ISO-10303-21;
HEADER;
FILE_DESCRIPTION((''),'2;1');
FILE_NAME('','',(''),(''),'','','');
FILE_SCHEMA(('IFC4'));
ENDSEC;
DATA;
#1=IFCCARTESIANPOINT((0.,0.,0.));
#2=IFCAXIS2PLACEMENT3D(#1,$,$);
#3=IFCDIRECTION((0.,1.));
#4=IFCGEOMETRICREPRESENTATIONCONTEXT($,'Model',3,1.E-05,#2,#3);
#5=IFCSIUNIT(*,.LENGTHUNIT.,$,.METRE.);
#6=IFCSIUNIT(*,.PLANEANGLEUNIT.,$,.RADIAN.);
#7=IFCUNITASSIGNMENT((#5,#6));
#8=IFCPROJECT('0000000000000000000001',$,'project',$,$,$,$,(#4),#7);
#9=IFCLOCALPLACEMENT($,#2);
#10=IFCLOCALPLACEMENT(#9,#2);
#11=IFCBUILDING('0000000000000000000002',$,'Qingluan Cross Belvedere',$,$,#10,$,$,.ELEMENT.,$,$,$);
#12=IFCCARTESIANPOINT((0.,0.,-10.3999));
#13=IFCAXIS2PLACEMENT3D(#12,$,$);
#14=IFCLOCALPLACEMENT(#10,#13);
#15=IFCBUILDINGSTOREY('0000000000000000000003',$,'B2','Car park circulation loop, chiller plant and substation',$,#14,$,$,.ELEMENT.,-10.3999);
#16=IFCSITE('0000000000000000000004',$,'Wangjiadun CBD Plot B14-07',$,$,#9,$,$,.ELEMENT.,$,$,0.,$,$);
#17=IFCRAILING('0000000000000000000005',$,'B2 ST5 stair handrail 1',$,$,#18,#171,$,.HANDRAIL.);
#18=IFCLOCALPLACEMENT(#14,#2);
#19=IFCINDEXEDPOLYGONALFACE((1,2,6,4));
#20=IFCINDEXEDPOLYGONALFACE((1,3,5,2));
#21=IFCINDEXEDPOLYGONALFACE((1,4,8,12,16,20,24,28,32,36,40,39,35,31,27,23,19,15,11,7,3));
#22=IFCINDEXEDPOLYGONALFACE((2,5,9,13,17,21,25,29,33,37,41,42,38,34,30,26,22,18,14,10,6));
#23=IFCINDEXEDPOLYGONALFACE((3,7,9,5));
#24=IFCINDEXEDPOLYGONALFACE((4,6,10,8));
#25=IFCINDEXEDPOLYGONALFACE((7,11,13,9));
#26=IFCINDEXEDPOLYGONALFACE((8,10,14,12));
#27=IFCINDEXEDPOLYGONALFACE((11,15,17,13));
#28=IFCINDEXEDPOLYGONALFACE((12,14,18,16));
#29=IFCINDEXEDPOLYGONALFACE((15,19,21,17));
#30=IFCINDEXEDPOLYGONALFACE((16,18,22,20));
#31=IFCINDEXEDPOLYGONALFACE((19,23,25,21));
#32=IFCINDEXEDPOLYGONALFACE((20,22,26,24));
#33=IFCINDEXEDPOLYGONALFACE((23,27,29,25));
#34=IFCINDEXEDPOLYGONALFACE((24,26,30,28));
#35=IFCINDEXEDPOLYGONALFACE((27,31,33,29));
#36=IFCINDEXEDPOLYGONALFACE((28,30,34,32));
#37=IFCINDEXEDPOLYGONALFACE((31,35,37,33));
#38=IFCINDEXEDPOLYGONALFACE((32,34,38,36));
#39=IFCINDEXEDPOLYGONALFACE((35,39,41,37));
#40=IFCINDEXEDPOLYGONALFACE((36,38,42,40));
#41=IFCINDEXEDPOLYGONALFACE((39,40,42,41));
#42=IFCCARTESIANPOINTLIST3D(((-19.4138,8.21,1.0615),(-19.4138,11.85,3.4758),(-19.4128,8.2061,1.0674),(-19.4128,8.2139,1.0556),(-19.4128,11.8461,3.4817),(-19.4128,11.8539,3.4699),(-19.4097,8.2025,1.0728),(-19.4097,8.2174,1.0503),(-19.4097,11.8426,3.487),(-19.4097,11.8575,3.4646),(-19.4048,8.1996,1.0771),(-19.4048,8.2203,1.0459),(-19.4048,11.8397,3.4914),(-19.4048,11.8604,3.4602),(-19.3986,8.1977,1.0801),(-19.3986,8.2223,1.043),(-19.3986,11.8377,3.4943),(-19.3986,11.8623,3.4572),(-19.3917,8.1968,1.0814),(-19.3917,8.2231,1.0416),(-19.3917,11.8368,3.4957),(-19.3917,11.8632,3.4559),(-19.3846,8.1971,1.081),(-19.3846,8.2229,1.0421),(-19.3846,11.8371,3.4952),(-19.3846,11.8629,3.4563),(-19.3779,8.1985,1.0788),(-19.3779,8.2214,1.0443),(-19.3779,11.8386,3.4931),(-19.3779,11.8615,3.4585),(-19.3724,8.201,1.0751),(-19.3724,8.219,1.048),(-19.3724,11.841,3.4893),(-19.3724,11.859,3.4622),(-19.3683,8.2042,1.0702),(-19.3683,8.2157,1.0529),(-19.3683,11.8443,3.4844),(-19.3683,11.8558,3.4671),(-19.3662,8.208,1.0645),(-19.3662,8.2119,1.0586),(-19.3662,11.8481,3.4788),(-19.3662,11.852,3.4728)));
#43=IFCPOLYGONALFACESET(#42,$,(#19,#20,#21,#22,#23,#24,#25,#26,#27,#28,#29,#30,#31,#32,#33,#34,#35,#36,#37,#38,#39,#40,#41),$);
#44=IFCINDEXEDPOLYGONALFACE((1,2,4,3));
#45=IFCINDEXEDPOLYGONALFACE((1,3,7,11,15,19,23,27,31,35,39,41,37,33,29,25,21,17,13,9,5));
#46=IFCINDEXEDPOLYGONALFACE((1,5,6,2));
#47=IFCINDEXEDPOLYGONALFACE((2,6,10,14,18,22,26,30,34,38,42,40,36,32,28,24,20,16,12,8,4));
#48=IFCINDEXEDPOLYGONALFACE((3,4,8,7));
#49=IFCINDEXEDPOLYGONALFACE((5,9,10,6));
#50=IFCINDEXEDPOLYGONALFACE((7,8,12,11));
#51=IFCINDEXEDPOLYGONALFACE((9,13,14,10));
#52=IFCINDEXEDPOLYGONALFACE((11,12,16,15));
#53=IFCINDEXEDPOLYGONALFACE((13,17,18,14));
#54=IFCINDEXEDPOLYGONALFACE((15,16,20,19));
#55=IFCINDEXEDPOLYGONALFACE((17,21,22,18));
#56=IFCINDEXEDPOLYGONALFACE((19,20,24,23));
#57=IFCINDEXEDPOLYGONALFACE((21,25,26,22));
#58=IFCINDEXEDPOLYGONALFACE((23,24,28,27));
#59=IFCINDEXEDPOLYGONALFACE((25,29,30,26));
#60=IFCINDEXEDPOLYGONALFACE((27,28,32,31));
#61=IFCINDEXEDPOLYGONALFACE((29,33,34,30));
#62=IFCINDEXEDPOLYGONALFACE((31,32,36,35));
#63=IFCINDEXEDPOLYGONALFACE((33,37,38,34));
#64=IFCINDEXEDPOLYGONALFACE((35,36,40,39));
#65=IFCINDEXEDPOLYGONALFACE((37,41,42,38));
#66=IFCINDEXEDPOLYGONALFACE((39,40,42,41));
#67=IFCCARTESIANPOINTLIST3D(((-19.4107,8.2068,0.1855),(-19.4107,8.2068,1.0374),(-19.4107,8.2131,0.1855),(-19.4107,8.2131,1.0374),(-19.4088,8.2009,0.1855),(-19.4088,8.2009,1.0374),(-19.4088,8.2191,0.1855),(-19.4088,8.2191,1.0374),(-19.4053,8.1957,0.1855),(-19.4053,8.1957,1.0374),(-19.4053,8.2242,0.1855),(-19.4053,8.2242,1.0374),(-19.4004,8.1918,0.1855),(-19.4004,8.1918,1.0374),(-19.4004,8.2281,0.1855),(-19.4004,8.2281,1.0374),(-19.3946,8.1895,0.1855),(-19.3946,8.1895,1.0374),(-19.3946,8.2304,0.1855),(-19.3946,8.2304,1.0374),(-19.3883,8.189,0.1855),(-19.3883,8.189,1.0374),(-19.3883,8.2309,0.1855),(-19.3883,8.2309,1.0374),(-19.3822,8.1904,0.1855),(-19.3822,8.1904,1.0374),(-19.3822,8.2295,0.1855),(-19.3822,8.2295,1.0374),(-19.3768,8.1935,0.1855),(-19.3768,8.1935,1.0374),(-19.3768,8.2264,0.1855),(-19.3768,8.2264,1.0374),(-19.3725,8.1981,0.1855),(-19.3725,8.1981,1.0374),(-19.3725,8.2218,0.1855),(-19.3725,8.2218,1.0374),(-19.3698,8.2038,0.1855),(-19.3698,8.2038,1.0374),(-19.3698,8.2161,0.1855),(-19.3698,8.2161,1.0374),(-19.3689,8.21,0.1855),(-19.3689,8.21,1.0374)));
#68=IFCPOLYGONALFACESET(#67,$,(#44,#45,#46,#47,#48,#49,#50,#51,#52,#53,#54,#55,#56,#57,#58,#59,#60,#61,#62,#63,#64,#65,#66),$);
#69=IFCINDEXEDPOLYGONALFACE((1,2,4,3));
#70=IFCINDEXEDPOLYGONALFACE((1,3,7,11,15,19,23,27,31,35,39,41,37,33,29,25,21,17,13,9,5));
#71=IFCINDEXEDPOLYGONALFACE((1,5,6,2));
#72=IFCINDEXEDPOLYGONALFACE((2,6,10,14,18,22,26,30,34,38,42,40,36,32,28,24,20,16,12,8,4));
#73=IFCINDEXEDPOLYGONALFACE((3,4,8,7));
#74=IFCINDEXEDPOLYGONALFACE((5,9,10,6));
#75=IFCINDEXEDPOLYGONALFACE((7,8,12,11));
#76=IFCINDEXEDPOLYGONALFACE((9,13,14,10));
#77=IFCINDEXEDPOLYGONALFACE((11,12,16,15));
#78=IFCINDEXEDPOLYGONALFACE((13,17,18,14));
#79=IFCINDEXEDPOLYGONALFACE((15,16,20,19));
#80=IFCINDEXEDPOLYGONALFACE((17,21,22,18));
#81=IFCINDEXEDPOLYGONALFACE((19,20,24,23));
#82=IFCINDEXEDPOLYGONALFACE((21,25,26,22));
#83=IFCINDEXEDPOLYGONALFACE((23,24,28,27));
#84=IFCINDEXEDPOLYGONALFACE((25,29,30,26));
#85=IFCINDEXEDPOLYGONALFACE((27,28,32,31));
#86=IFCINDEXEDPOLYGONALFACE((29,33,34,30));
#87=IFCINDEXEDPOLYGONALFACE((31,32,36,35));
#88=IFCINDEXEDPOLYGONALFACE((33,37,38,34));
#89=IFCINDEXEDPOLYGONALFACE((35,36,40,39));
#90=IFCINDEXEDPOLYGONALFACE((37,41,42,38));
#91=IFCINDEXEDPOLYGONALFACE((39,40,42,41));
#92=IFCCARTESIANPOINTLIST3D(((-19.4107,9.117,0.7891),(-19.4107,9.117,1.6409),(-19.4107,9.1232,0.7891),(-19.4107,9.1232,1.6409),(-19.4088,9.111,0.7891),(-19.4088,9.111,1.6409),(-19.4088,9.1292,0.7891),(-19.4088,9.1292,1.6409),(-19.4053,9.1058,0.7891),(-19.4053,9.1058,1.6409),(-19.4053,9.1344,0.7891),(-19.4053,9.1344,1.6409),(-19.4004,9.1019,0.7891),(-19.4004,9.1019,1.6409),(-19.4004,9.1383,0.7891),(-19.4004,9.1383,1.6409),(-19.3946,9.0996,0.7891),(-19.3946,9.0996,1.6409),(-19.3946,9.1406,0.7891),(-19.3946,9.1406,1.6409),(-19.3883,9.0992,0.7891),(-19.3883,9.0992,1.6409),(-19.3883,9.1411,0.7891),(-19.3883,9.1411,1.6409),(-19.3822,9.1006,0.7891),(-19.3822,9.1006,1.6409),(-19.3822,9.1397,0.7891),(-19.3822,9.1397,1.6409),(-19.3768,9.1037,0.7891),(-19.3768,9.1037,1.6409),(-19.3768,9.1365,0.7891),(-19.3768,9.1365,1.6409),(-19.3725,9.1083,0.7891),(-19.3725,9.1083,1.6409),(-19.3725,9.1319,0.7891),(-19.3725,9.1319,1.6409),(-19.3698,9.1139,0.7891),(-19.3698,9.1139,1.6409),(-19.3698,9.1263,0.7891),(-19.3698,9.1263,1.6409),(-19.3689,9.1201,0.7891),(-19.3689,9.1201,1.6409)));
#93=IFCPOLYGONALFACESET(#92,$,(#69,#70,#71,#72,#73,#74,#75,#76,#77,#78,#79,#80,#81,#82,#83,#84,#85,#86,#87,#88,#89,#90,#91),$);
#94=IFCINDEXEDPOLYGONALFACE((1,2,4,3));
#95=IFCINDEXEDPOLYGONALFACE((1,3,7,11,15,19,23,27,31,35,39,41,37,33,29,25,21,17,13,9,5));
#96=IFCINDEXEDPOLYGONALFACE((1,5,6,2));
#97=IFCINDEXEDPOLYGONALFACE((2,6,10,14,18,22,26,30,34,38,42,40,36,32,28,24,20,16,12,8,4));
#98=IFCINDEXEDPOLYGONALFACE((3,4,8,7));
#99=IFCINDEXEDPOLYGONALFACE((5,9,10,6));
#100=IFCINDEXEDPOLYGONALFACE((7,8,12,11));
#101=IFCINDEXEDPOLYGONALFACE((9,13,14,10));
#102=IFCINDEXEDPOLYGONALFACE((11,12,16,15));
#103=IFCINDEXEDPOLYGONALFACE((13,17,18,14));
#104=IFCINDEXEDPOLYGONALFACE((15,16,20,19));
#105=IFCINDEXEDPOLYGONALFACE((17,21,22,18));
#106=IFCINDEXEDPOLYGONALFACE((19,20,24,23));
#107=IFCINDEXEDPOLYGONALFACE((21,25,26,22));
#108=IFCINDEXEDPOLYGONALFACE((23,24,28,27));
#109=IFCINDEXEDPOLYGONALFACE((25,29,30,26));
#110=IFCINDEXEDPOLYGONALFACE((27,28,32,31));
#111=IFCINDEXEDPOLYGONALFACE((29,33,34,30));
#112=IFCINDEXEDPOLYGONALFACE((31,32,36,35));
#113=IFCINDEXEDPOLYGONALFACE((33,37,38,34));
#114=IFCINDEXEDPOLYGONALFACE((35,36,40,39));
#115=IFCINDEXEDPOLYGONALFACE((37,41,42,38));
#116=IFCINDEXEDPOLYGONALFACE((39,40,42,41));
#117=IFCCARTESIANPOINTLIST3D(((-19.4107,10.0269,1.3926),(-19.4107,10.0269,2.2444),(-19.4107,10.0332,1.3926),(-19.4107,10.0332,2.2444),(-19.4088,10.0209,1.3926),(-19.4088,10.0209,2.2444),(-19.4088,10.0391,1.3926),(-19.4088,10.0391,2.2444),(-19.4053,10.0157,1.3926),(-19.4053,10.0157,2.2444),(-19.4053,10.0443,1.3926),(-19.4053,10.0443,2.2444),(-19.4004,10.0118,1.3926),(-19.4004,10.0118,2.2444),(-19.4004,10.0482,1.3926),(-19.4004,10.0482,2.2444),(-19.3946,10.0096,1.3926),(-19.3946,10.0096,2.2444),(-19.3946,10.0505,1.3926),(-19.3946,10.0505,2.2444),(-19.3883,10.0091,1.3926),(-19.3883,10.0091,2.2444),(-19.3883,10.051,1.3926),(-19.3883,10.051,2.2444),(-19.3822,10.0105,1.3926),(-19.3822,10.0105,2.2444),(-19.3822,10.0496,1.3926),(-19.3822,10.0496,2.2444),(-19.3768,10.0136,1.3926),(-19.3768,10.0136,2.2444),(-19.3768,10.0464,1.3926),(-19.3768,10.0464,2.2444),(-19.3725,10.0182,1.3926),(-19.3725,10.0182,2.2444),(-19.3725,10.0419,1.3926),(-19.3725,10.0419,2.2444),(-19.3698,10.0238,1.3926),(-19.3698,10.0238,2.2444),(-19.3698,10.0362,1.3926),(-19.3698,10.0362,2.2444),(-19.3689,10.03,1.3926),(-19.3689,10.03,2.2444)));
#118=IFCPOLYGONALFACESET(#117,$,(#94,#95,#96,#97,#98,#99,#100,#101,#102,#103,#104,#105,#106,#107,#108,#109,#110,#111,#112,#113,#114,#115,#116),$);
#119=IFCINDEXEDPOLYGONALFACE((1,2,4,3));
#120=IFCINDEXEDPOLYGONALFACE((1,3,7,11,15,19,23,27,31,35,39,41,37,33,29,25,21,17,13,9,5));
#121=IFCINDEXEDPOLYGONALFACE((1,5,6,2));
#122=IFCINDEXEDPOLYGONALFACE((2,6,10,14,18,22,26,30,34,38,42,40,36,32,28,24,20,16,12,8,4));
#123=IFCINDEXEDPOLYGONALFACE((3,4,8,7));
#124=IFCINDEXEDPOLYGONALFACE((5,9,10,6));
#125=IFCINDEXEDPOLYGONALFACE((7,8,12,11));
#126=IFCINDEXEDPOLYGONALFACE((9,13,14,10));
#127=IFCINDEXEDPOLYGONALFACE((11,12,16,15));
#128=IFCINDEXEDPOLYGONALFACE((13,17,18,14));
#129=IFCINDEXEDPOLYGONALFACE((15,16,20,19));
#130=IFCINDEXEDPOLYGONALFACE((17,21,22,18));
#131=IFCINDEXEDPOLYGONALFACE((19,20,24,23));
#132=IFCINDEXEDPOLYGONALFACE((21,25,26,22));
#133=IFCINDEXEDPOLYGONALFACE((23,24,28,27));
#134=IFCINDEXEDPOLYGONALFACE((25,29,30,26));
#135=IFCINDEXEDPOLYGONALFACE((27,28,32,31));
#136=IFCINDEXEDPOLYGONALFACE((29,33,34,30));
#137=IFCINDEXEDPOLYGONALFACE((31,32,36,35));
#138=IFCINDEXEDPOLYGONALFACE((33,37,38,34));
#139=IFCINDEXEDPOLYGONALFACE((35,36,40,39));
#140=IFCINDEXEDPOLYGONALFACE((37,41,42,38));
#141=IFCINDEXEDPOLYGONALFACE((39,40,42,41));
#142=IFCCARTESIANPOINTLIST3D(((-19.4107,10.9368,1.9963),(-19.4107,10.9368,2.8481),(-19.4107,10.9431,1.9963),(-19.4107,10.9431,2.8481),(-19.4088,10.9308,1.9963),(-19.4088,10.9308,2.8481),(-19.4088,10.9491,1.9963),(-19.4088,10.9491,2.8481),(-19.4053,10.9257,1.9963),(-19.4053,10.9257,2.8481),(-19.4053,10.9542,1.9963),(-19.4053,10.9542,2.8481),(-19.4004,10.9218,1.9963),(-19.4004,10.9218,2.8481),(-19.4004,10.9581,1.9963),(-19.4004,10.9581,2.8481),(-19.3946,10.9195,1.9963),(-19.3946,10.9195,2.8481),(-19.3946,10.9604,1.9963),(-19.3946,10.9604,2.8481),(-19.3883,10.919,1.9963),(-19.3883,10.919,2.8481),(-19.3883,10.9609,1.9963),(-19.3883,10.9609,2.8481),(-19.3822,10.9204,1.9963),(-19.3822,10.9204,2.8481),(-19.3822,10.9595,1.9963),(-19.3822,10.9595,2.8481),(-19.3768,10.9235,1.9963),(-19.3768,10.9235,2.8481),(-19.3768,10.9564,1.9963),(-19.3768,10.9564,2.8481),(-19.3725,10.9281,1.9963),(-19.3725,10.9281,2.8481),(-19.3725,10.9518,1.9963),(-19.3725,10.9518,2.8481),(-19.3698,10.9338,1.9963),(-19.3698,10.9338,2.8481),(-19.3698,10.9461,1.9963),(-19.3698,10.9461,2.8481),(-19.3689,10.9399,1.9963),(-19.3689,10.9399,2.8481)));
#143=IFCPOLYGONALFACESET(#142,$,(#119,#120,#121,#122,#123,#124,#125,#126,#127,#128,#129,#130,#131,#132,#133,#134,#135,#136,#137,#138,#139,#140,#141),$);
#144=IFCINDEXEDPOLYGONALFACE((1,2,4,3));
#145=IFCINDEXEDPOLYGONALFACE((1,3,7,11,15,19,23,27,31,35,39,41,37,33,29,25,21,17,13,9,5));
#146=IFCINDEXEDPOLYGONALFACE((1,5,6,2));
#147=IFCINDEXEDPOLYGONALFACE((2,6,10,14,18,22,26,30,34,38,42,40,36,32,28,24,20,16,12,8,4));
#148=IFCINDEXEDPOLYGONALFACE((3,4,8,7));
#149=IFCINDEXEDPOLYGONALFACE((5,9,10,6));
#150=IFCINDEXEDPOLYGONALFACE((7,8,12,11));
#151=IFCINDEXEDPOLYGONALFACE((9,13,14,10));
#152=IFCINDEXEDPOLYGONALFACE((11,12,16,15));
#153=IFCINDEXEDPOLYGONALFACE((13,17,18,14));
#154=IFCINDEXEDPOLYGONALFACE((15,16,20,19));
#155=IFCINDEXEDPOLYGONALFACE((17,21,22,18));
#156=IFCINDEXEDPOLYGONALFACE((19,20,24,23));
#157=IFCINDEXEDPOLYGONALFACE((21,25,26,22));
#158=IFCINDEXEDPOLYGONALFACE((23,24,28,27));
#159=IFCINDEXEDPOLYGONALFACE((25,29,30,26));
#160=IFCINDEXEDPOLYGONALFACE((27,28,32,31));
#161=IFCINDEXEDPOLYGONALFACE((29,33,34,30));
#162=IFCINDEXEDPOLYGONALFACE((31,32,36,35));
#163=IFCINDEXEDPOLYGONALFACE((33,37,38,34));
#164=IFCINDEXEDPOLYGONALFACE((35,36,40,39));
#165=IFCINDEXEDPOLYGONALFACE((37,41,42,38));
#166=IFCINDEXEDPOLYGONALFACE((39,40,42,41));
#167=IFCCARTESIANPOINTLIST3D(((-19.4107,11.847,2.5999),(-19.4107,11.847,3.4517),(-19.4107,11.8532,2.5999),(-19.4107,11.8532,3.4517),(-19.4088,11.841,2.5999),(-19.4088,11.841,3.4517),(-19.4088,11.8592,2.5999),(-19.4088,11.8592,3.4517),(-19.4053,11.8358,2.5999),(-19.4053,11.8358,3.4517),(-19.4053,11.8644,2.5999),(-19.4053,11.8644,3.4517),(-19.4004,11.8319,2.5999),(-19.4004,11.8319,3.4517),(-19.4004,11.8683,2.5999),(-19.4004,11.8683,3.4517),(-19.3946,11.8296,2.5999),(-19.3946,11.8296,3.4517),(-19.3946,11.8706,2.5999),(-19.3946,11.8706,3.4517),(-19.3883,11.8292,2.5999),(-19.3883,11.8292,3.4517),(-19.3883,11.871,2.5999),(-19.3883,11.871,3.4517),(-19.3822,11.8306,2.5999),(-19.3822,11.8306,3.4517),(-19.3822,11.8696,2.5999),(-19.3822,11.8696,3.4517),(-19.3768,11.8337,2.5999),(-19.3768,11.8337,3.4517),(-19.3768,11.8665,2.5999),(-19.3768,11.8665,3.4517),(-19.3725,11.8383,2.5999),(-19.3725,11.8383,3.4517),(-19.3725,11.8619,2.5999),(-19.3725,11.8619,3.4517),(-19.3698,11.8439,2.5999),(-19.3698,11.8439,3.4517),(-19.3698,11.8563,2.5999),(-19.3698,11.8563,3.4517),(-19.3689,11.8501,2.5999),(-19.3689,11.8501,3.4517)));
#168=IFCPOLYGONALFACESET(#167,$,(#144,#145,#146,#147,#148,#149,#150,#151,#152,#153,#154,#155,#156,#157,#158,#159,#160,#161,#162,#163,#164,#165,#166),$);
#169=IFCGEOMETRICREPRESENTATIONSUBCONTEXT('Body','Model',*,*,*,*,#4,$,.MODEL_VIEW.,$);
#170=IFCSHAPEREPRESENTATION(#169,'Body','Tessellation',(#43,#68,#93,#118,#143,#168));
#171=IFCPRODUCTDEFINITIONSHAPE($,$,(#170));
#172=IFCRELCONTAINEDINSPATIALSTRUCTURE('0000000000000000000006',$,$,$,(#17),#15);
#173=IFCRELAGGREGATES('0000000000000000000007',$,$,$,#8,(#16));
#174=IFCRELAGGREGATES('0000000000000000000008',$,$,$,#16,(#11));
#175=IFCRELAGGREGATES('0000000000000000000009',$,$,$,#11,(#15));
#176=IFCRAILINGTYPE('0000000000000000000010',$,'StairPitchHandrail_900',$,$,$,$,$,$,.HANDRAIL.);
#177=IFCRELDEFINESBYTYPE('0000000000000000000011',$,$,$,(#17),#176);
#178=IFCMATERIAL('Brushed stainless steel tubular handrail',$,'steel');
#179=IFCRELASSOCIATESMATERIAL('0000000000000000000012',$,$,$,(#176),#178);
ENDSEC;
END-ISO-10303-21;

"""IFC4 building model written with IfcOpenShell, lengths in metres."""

from ifc_helpers import new_model, si_unit, direction, frame, origin, origin_2d, place, context, subcontext, project, spatial, circle, extrude, material, type_object, element, save


model = new_model("IFC4")

# Units and contexts
model_context = context("Model", 3, precision=1e-05, world=origin(), true_north=direction((0.0, 1.0)))
body_context = subcontext(model_context, "Body", "Model", "MODEL_VIEW")
ifc_project = project(units=[si_unit("LENGTHUNIT", "METRE"), si_unit("PLANEANGLEUNIT", "RADIAN")], contexts=[model_context])

# Site, building, storey
site_placement = place(None, origin())
site = spatial("IfcSite", under=ifc_project, at=site_placement, Name="Wangjiadun CBD Plot B14-07", CompositionType="ELEMENT", RefElevation=0.0)
building_placement = place(site_placement, origin())
building = spatial("IfcBuilding", under=site, at=building_placement, Name="Qingluan Cross Belvedere", CompositionType="ELEMENT")
storey_placement = place(building_placement, frame((0.0, 0.0, -10.3999)))
storey = spatial("IfcBuildingStorey", under=building, at=storey_placement, Name="B2", Description="Car park circulation loop, chiller plant and substation", CompositionType="ELEMENT", Elevation=-10.3999)

# Railing
ifc_material_1 = material(Name="Brushed stainless steel tubular handrail", Category="steel")
railing_type_1 = type_object("IfcRailingType", Name="StairPitchHandrail_900", PredefinedType="HANDRAIL", material=ifc_material_1)
railing_1_placement = place(storey_placement, frame((-19.3899, 8.21, 0.1855)))
element("IfcRailing", 1, at=railing_1_placement, inside=storey, type_object=railing_type_1, Name="B2 ST5 stair handrail 1", PredefinedType="HANDRAIL", context=body_context, shape_type="SweptSolid", body=[
    extrude(circle(Radius=0.0239, at=origin_2d()), frame((0.0, 0.0, 0.876), z_axis=(0.0, 0.833364, 0.552725), x_axis=(-1.0, 0.0, 0.0)), (0.0, 0.0, 1.0), 4.3679),
    extrude(circle(Radius=0.021, at=origin_2d()), origin(), (0.0, 0.0, 1.0), 0.8518),
    extrude(circle(Radius=0.021, at=origin_2d()), frame((0.0, 0.9102, 0.6035)), (0.0, 0.0, 1.0), 0.8518),
    extrude(circle(Radius=0.021, at=origin_2d()), frame((0.0, 1.8201, 1.207)), (0.0, 0.0, 1.0), 0.8518),
    extrude(circle(Radius=0.021, at=origin_2d()), frame((0.0, 2.73, 1.8108)), (0.0, 0.0, 1.0), 0.8518),
    extrude(circle(Radius=0.021, at=origin_2d()), frame((0.0, 3.6401, 2.4143)), (0.0, 0.0, 1.0), 0.8518),
])

save(model, "model.ifc")
